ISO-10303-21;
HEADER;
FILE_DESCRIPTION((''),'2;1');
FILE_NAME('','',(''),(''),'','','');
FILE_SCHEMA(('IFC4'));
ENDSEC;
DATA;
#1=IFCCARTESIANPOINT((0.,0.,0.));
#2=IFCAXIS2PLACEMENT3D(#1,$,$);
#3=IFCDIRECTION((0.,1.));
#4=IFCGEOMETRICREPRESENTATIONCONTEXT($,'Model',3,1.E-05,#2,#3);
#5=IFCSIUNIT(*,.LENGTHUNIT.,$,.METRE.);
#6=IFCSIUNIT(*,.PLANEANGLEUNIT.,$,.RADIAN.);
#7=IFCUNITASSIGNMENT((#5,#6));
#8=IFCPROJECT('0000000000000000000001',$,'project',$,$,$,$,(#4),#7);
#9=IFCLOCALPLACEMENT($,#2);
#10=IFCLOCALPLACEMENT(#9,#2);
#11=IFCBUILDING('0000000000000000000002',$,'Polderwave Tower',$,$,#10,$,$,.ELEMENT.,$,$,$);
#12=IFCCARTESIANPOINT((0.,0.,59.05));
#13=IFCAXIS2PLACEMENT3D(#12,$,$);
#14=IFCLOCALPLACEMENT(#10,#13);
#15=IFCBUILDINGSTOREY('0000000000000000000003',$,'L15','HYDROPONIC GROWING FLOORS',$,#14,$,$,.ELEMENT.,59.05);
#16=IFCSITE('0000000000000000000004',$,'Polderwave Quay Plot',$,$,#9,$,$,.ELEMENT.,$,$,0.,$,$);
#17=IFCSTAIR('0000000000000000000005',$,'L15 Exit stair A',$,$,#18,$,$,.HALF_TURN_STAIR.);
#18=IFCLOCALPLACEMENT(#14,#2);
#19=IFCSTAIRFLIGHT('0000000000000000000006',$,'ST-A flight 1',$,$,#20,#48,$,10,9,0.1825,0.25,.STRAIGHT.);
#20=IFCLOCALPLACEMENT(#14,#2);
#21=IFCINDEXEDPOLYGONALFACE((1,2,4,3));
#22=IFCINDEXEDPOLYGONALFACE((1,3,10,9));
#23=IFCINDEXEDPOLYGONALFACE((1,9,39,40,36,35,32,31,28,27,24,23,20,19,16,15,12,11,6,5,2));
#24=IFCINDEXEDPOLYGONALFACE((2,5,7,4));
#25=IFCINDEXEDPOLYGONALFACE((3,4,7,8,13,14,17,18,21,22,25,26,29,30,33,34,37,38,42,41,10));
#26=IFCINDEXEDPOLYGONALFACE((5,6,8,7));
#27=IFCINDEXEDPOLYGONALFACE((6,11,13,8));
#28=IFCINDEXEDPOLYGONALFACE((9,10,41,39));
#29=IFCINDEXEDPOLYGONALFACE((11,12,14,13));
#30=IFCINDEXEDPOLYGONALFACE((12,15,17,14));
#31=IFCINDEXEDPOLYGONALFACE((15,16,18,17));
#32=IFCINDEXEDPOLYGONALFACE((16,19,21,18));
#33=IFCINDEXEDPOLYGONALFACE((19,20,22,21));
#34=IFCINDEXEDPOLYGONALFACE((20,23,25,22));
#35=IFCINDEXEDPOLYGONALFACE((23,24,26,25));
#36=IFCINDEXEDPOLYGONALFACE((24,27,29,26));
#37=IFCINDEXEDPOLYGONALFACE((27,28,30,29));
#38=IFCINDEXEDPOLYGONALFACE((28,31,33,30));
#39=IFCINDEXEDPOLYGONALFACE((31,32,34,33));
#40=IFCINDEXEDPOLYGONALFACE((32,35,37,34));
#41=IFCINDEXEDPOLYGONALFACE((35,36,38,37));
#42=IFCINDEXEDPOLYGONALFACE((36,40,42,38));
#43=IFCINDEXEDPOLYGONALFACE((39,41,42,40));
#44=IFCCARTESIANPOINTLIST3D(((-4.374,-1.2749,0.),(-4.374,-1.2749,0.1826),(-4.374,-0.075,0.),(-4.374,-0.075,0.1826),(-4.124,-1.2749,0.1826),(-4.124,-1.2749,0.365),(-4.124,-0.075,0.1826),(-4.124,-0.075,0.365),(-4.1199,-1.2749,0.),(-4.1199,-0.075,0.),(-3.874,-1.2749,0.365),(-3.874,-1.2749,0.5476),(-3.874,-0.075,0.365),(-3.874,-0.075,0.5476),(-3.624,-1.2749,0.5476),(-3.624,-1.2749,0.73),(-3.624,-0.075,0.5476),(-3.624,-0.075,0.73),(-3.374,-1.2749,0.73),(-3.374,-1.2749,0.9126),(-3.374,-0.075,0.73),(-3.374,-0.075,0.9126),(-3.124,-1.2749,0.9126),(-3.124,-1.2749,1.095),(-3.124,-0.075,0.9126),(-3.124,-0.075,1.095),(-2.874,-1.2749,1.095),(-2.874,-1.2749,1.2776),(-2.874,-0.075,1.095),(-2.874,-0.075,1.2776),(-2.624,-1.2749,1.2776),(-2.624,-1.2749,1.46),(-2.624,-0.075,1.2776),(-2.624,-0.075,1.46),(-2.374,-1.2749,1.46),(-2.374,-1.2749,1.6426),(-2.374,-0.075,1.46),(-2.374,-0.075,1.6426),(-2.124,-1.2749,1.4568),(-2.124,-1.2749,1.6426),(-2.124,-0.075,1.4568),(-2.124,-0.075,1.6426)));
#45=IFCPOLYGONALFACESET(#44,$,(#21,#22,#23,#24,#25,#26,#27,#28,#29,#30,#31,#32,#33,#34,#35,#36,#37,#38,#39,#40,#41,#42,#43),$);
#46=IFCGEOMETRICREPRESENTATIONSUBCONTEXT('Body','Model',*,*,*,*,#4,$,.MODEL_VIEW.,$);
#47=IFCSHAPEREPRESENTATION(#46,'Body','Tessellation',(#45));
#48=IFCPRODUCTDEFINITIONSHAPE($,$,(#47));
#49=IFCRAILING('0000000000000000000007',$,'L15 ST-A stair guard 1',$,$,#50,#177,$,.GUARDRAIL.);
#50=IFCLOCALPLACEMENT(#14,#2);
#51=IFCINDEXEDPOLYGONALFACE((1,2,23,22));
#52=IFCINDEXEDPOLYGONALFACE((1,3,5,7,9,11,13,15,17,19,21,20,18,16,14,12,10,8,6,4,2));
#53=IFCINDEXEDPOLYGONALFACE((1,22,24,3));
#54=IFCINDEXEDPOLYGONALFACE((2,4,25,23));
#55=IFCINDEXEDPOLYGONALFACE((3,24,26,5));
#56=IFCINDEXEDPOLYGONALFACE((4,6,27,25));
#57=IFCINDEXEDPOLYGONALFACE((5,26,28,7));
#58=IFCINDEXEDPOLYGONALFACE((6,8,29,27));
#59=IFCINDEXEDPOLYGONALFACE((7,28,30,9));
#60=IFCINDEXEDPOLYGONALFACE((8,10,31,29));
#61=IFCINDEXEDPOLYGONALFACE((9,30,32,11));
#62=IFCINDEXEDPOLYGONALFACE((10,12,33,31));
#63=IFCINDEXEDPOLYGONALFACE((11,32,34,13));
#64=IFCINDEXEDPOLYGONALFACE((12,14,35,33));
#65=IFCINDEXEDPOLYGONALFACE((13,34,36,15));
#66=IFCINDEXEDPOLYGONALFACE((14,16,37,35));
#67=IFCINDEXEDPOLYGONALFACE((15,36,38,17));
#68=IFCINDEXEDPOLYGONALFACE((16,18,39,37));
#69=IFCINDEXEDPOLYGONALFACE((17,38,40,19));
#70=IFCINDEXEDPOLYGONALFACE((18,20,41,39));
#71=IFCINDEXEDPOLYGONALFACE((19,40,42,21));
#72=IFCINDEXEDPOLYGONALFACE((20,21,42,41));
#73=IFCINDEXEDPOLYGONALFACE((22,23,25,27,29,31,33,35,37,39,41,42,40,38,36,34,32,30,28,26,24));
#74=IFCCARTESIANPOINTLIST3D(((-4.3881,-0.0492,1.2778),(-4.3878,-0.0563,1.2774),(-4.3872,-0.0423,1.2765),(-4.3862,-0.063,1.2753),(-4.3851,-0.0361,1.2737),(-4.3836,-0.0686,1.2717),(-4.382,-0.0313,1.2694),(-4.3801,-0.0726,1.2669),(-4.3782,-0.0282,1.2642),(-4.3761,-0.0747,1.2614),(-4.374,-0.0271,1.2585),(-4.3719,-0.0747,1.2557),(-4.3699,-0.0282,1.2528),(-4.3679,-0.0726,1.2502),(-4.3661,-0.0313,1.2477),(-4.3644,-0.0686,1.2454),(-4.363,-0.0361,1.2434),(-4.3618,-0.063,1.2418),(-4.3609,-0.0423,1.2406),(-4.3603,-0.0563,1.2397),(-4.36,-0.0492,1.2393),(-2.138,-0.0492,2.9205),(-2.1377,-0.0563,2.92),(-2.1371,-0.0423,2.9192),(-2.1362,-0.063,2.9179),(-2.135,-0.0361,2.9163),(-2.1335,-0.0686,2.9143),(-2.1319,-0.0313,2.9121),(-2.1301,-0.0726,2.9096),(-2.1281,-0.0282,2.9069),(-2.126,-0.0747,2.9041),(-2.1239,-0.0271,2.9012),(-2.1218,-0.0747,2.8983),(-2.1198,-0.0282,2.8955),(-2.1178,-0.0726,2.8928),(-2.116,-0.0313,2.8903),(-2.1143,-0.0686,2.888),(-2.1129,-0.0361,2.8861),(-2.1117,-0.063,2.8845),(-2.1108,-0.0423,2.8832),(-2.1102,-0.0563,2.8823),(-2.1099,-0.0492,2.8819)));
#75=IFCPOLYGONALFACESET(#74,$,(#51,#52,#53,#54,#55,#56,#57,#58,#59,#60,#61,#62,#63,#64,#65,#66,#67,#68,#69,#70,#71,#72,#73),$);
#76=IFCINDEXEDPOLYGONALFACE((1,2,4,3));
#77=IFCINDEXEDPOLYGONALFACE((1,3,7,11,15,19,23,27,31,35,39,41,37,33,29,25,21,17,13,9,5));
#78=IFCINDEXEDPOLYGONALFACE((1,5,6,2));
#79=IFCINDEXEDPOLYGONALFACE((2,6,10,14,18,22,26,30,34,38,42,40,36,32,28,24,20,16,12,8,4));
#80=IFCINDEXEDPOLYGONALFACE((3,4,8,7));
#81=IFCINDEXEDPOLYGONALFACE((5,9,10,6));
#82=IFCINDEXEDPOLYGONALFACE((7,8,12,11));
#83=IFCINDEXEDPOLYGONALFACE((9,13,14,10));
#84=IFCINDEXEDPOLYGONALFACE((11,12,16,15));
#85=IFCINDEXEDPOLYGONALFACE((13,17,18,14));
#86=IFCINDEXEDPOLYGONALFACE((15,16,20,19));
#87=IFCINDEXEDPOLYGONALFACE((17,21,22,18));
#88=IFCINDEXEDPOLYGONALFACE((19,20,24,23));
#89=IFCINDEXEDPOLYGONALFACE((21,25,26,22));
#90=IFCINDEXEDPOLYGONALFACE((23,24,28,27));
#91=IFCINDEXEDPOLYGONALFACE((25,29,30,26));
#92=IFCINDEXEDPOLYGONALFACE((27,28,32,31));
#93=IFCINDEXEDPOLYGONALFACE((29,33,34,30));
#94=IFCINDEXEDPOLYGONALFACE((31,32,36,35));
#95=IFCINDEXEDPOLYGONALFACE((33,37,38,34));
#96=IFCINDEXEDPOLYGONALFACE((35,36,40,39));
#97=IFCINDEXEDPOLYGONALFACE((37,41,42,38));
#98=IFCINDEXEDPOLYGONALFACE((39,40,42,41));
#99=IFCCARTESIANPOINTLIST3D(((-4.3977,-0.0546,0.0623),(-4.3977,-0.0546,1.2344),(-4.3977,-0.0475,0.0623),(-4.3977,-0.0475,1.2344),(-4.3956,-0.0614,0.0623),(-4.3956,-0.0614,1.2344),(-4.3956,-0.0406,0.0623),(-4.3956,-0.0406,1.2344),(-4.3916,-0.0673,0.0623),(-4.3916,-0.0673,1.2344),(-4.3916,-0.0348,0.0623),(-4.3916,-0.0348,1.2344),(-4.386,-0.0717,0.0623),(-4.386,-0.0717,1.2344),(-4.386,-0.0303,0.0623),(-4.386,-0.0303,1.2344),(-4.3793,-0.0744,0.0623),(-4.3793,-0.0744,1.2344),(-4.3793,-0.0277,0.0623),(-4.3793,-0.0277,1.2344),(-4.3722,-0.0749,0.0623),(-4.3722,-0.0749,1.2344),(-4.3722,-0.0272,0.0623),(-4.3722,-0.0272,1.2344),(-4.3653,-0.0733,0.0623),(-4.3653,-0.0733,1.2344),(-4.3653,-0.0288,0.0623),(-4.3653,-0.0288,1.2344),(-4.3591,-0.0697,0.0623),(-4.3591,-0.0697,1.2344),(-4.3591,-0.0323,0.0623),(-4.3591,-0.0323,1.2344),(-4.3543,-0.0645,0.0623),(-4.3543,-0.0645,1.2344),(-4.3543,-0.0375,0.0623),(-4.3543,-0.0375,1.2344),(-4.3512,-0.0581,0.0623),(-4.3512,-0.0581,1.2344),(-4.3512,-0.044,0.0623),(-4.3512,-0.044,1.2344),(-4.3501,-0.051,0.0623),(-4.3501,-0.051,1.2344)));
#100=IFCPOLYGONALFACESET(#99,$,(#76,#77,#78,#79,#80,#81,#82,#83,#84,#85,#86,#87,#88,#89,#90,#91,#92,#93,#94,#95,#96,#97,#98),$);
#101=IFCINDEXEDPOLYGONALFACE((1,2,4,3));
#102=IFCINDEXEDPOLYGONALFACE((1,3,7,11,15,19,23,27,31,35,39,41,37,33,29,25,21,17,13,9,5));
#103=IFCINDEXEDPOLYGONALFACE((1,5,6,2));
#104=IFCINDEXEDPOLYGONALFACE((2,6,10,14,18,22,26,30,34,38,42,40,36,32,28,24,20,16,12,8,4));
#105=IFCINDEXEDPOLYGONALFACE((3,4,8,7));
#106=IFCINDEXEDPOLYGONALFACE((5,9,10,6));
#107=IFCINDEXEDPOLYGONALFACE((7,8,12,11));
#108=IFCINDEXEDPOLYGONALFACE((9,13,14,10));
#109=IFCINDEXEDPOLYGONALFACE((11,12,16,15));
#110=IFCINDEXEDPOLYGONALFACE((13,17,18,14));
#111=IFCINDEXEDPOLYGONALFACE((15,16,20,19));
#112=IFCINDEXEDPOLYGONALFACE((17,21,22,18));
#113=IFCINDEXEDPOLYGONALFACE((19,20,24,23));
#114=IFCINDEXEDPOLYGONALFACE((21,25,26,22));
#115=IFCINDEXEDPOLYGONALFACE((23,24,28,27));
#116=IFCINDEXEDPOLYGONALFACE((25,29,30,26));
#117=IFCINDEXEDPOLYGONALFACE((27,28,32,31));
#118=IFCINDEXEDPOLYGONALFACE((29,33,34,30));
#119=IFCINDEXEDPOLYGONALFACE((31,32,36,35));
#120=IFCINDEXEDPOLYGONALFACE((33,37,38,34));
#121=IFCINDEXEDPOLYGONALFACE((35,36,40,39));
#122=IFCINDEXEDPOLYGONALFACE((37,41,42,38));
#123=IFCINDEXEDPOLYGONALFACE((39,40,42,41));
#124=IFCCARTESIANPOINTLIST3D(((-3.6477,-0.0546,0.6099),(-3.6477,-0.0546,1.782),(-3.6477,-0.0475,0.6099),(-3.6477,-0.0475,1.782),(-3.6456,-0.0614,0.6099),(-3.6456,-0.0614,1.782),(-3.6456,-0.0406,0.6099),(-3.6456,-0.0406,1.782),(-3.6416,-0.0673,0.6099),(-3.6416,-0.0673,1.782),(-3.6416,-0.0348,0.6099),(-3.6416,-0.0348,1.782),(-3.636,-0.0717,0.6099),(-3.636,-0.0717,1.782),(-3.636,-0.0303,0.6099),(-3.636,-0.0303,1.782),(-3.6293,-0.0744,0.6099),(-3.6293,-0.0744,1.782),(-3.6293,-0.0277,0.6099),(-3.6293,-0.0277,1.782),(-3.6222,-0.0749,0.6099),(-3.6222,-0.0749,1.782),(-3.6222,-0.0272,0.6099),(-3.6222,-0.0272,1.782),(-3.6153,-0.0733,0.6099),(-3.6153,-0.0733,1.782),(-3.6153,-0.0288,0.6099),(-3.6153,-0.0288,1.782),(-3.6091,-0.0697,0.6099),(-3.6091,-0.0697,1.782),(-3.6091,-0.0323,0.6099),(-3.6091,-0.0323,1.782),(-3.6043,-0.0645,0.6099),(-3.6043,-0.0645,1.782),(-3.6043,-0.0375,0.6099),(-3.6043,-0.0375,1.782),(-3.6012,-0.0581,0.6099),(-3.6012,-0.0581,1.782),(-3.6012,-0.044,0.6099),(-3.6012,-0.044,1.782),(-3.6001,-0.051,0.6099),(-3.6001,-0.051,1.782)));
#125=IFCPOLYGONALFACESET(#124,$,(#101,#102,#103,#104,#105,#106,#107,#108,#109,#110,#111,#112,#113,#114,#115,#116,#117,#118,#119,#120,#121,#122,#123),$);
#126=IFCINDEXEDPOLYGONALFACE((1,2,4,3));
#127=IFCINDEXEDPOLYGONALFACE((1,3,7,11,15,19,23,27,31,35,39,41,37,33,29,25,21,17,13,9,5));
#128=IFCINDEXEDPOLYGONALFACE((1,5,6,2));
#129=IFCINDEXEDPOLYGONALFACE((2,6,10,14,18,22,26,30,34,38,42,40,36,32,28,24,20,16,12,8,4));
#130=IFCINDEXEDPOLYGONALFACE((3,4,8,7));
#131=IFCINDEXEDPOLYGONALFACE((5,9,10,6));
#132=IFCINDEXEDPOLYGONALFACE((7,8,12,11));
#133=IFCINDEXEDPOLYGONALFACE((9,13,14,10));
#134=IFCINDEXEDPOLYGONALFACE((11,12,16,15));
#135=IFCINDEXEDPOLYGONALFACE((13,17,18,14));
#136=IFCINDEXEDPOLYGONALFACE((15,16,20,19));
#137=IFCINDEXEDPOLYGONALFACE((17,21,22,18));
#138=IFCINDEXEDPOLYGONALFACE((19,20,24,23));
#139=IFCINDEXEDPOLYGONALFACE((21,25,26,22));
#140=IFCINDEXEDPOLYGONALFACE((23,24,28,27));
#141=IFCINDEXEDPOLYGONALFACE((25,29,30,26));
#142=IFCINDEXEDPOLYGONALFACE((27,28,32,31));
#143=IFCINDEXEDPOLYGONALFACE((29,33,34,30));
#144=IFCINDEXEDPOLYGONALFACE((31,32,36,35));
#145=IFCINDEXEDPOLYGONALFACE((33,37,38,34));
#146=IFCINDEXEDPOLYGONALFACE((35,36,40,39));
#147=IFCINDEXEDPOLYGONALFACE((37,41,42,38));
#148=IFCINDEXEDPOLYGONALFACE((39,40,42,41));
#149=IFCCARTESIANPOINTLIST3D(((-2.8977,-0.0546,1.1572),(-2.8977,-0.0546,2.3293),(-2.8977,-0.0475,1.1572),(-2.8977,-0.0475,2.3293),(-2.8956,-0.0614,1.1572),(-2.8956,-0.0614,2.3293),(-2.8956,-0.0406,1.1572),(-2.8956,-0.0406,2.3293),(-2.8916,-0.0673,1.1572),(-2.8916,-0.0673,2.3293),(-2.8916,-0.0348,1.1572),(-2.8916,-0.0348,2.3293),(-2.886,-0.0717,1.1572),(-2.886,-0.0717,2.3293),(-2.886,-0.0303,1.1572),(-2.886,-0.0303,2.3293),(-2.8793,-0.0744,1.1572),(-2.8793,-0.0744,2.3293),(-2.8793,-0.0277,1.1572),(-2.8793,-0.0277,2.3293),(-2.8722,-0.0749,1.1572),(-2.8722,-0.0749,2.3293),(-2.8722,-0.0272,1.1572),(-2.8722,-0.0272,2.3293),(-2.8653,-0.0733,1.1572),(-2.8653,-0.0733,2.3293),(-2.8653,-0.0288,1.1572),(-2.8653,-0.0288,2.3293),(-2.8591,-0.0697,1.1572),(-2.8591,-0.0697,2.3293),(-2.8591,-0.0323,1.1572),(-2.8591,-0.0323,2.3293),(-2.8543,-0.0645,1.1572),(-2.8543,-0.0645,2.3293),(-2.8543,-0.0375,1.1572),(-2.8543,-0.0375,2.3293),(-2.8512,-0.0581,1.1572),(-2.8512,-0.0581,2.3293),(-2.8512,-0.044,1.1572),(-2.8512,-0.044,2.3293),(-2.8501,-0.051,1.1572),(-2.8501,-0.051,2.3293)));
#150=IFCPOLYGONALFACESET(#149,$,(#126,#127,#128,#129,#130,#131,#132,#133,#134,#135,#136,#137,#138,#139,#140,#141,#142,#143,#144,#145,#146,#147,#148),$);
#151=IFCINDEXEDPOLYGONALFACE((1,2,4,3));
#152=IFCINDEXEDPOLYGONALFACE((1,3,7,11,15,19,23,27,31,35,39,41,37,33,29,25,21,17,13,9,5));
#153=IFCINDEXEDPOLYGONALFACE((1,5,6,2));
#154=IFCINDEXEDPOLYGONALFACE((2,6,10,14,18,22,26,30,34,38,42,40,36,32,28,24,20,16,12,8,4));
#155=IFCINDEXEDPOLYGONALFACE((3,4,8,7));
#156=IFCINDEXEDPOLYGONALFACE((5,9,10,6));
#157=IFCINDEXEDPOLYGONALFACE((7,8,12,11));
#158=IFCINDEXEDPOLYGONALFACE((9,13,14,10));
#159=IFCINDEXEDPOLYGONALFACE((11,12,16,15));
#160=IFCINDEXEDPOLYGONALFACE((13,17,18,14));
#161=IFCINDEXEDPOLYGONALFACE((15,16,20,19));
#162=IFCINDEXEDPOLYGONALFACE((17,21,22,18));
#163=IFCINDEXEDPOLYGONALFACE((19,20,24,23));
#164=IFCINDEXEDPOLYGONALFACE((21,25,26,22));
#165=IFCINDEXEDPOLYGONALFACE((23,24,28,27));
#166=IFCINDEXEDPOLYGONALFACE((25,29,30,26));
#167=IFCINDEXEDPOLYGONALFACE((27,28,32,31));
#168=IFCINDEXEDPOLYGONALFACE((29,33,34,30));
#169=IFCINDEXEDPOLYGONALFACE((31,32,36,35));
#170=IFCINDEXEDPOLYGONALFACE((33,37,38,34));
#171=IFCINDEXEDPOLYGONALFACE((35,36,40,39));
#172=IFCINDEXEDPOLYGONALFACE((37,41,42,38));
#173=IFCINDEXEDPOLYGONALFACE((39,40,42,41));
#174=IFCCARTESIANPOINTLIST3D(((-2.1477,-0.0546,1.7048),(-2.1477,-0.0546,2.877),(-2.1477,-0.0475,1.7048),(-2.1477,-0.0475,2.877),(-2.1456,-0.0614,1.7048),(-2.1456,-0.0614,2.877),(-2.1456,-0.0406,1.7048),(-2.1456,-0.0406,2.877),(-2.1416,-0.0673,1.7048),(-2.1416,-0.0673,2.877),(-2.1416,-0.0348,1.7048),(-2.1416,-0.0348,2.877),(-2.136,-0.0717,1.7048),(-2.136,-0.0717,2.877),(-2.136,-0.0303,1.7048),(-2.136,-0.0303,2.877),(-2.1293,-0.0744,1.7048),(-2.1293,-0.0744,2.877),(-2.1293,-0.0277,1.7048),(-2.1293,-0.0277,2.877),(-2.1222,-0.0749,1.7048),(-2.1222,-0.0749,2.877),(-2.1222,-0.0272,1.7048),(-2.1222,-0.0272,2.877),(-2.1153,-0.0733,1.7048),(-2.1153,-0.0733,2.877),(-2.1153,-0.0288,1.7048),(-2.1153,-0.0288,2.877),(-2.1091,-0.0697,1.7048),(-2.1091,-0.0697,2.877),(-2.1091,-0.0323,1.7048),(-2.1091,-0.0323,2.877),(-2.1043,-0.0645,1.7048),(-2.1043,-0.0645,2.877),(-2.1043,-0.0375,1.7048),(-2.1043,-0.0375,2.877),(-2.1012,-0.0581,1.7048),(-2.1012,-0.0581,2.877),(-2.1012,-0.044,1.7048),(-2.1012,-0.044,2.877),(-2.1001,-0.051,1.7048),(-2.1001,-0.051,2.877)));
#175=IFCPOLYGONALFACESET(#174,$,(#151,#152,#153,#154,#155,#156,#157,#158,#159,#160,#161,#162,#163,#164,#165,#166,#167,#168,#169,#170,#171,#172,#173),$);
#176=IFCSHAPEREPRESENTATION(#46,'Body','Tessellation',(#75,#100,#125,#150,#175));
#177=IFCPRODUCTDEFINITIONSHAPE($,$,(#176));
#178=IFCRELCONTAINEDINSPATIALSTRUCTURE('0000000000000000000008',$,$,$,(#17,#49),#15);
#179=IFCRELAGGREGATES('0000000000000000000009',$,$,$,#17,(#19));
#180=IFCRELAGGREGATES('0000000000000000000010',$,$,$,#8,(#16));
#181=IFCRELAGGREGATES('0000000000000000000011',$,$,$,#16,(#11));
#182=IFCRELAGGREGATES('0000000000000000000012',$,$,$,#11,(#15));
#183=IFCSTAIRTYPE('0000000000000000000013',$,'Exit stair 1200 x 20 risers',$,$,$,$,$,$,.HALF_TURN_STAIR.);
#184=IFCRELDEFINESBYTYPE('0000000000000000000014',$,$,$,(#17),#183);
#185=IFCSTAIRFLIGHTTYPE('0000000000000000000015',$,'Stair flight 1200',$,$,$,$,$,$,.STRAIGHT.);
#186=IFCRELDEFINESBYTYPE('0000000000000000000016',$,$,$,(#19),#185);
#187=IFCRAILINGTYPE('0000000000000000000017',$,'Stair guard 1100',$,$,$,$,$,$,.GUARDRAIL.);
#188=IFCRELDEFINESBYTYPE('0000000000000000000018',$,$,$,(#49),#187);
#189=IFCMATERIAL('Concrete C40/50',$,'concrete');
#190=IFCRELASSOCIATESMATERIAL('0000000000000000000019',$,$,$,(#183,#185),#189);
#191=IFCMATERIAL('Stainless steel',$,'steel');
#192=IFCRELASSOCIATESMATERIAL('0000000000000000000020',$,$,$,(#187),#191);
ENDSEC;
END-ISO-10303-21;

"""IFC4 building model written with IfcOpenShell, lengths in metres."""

from ifc_helpers import new_model, si_unit, direction, frame, origin, origin_2d, place, context, subcontext, project, spatial, polyline, circle, outline, extrude, material, type_object, element, aggregate, save


model = new_model("IFC4")

# Units and contexts
model_context = context("Model", 3, precision=1e-05, world=origin(), true_north=direction((0.0, 1.0)))
body_context = subcontext(model_context, "Body", "Model", "MODEL_VIEW")
ifc_project = project(units=[si_unit("LENGTHUNIT", "METRE"), si_unit("PLANEANGLEUNIT", "RADIAN")], contexts=[model_context])

# Site, building, storey
site_placement = place(None, origin())
site = spatial("IfcSite", under=ifc_project, at=site_placement, Name="Polderwave Quay Plot", CompositionType="ELEMENT", RefElevation=0.0)
building_placement = place(site_placement, origin())
building = spatial("IfcBuilding", under=site, at=building_placement, Name="Polderwave Tower", CompositionType="ELEMENT")
storey_placement = place(building_placement, frame((0.0, 0.0, 59.05)))
storey = spatial("IfcBuildingStorey", under=building, at=storey_placement, Name="L15", Description="HYDROPONIC GROWING FLOORS", CompositionType="ELEMENT", Elevation=59.05)

# Shared definitions
ifc_material_1 = material(Name="Concrete C40/50", Category="concrete")

# Stair, stair flight
stair_type = type_object("IfcStairType", Name="Exit stair 1200 x 20 risers", PredefinedType="HALF_TURN_STAIR", material=ifc_material_1)
stair_placement = place(storey_placement, origin())
stair = element("IfcStair", 1, at=stair_placement, inside=storey, type_object=stair_type, Name="L15 Exit stair A", PredefinedType="HALF_TURN_STAIR")
stair_flight_type = type_object("IfcStairFlightType", Name="Stair flight 1200", PredefinedType="STRAIGHT", material=ifc_material_1)
stair_flight_placement = place(storey_placement, frame((-4.374, -0.675, 0.0), z_axis=(0.0, 0.0, 1.0), x_axis=(1.0, 0.0, 0.0)))
stair_flight = element("IfcStairFlight", 2, at=stair_flight_placement, type_object=stair_flight_type, Name="ST-A flight 1", NumberOfRisers=10, NumberOfTreads=9, PredefinedType="STRAIGHT", RiserHeight=0.1825, TreadLength=0.25, context=body_context, shape_type="SweptSolid", body=[
    extrude(outline(polyline([(0.0, 0.0), (0.0, 0.1826), (0.25, 0.1826), (0.25, 0.365), (0.5, 0.365), (0.5, 0.5476), (0.75, 0.5476), (0.75, 0.73), (1.0, 0.73), (1.0, 0.9126), (1.25, 0.9126), (1.25, 1.095), (1.5, 1.095), (1.5, 1.2776), (1.75, 1.2776), (1.75, 1.46), (2.0, 1.46), (2.0, 1.6426), (2.25, 1.6426), (2.25, 1.825), (2.25, 1.4568), (0.2542, 0.0), (0.0, 0.0)])), frame((0.0, 0.6001, 0.0), z_axis=(0.0, -1.0, 0.0), x_axis=(1.0, 0.0, 0.0)), (0.0, 0.0, 1.0), 1.2),
])
aggregate(stair, [stair_flight])

# Railing
ifc_material_2 = material(Name="Stainless steel", Category="steel")
railing_type_1 = type_object("IfcRailingType", Name="Stair guard 1100", PredefinedType="GUARDRAIL", material=ifc_material_2)
railing_1_placement = place(storey_placement, frame((-4.374, -0.051, 0.0623)))
element("IfcRailing", 3, at=railing_1_placement, inside=storey, type_object=railing_type_1, Name="L15 ST-A stair guard 1", PredefinedType="GUARDRAIL", context=body_context, shape_type="SweptSolid", body=[
    extrude(circle(Radius=0.0239, at=origin_2d()), frame((0.0, 0.0, 1.1963), z_axis=(0.807674, 0.0, 0.58963), x_axis=(0.0, 1.0, 0.0)), (0.0, 0.0, 1.0), 2.7859),
    extrude(circle(Radius=0.0239, at=origin_2d()), origin(), (0.0, 0.0, 1.0), 1.1721),
    extrude(circle(Radius=0.0239, at=origin_2d()), frame((0.75, 0.0, 0.5476)), (0.0, 0.0, 1.0), 1.1721),
    extrude(circle(Radius=0.0239, at=origin_2d()), frame((1.5, 0.0, 1.095)), (0.0, 0.0, 1.0), 1.1721),
    extrude(circle(Radius=0.0239, at=origin_2d()), frame((2.25, 0.0, 1.6426)), (0.0, 0.0, 1.0), 1.1721),
])

save(model, "model.ifc")
